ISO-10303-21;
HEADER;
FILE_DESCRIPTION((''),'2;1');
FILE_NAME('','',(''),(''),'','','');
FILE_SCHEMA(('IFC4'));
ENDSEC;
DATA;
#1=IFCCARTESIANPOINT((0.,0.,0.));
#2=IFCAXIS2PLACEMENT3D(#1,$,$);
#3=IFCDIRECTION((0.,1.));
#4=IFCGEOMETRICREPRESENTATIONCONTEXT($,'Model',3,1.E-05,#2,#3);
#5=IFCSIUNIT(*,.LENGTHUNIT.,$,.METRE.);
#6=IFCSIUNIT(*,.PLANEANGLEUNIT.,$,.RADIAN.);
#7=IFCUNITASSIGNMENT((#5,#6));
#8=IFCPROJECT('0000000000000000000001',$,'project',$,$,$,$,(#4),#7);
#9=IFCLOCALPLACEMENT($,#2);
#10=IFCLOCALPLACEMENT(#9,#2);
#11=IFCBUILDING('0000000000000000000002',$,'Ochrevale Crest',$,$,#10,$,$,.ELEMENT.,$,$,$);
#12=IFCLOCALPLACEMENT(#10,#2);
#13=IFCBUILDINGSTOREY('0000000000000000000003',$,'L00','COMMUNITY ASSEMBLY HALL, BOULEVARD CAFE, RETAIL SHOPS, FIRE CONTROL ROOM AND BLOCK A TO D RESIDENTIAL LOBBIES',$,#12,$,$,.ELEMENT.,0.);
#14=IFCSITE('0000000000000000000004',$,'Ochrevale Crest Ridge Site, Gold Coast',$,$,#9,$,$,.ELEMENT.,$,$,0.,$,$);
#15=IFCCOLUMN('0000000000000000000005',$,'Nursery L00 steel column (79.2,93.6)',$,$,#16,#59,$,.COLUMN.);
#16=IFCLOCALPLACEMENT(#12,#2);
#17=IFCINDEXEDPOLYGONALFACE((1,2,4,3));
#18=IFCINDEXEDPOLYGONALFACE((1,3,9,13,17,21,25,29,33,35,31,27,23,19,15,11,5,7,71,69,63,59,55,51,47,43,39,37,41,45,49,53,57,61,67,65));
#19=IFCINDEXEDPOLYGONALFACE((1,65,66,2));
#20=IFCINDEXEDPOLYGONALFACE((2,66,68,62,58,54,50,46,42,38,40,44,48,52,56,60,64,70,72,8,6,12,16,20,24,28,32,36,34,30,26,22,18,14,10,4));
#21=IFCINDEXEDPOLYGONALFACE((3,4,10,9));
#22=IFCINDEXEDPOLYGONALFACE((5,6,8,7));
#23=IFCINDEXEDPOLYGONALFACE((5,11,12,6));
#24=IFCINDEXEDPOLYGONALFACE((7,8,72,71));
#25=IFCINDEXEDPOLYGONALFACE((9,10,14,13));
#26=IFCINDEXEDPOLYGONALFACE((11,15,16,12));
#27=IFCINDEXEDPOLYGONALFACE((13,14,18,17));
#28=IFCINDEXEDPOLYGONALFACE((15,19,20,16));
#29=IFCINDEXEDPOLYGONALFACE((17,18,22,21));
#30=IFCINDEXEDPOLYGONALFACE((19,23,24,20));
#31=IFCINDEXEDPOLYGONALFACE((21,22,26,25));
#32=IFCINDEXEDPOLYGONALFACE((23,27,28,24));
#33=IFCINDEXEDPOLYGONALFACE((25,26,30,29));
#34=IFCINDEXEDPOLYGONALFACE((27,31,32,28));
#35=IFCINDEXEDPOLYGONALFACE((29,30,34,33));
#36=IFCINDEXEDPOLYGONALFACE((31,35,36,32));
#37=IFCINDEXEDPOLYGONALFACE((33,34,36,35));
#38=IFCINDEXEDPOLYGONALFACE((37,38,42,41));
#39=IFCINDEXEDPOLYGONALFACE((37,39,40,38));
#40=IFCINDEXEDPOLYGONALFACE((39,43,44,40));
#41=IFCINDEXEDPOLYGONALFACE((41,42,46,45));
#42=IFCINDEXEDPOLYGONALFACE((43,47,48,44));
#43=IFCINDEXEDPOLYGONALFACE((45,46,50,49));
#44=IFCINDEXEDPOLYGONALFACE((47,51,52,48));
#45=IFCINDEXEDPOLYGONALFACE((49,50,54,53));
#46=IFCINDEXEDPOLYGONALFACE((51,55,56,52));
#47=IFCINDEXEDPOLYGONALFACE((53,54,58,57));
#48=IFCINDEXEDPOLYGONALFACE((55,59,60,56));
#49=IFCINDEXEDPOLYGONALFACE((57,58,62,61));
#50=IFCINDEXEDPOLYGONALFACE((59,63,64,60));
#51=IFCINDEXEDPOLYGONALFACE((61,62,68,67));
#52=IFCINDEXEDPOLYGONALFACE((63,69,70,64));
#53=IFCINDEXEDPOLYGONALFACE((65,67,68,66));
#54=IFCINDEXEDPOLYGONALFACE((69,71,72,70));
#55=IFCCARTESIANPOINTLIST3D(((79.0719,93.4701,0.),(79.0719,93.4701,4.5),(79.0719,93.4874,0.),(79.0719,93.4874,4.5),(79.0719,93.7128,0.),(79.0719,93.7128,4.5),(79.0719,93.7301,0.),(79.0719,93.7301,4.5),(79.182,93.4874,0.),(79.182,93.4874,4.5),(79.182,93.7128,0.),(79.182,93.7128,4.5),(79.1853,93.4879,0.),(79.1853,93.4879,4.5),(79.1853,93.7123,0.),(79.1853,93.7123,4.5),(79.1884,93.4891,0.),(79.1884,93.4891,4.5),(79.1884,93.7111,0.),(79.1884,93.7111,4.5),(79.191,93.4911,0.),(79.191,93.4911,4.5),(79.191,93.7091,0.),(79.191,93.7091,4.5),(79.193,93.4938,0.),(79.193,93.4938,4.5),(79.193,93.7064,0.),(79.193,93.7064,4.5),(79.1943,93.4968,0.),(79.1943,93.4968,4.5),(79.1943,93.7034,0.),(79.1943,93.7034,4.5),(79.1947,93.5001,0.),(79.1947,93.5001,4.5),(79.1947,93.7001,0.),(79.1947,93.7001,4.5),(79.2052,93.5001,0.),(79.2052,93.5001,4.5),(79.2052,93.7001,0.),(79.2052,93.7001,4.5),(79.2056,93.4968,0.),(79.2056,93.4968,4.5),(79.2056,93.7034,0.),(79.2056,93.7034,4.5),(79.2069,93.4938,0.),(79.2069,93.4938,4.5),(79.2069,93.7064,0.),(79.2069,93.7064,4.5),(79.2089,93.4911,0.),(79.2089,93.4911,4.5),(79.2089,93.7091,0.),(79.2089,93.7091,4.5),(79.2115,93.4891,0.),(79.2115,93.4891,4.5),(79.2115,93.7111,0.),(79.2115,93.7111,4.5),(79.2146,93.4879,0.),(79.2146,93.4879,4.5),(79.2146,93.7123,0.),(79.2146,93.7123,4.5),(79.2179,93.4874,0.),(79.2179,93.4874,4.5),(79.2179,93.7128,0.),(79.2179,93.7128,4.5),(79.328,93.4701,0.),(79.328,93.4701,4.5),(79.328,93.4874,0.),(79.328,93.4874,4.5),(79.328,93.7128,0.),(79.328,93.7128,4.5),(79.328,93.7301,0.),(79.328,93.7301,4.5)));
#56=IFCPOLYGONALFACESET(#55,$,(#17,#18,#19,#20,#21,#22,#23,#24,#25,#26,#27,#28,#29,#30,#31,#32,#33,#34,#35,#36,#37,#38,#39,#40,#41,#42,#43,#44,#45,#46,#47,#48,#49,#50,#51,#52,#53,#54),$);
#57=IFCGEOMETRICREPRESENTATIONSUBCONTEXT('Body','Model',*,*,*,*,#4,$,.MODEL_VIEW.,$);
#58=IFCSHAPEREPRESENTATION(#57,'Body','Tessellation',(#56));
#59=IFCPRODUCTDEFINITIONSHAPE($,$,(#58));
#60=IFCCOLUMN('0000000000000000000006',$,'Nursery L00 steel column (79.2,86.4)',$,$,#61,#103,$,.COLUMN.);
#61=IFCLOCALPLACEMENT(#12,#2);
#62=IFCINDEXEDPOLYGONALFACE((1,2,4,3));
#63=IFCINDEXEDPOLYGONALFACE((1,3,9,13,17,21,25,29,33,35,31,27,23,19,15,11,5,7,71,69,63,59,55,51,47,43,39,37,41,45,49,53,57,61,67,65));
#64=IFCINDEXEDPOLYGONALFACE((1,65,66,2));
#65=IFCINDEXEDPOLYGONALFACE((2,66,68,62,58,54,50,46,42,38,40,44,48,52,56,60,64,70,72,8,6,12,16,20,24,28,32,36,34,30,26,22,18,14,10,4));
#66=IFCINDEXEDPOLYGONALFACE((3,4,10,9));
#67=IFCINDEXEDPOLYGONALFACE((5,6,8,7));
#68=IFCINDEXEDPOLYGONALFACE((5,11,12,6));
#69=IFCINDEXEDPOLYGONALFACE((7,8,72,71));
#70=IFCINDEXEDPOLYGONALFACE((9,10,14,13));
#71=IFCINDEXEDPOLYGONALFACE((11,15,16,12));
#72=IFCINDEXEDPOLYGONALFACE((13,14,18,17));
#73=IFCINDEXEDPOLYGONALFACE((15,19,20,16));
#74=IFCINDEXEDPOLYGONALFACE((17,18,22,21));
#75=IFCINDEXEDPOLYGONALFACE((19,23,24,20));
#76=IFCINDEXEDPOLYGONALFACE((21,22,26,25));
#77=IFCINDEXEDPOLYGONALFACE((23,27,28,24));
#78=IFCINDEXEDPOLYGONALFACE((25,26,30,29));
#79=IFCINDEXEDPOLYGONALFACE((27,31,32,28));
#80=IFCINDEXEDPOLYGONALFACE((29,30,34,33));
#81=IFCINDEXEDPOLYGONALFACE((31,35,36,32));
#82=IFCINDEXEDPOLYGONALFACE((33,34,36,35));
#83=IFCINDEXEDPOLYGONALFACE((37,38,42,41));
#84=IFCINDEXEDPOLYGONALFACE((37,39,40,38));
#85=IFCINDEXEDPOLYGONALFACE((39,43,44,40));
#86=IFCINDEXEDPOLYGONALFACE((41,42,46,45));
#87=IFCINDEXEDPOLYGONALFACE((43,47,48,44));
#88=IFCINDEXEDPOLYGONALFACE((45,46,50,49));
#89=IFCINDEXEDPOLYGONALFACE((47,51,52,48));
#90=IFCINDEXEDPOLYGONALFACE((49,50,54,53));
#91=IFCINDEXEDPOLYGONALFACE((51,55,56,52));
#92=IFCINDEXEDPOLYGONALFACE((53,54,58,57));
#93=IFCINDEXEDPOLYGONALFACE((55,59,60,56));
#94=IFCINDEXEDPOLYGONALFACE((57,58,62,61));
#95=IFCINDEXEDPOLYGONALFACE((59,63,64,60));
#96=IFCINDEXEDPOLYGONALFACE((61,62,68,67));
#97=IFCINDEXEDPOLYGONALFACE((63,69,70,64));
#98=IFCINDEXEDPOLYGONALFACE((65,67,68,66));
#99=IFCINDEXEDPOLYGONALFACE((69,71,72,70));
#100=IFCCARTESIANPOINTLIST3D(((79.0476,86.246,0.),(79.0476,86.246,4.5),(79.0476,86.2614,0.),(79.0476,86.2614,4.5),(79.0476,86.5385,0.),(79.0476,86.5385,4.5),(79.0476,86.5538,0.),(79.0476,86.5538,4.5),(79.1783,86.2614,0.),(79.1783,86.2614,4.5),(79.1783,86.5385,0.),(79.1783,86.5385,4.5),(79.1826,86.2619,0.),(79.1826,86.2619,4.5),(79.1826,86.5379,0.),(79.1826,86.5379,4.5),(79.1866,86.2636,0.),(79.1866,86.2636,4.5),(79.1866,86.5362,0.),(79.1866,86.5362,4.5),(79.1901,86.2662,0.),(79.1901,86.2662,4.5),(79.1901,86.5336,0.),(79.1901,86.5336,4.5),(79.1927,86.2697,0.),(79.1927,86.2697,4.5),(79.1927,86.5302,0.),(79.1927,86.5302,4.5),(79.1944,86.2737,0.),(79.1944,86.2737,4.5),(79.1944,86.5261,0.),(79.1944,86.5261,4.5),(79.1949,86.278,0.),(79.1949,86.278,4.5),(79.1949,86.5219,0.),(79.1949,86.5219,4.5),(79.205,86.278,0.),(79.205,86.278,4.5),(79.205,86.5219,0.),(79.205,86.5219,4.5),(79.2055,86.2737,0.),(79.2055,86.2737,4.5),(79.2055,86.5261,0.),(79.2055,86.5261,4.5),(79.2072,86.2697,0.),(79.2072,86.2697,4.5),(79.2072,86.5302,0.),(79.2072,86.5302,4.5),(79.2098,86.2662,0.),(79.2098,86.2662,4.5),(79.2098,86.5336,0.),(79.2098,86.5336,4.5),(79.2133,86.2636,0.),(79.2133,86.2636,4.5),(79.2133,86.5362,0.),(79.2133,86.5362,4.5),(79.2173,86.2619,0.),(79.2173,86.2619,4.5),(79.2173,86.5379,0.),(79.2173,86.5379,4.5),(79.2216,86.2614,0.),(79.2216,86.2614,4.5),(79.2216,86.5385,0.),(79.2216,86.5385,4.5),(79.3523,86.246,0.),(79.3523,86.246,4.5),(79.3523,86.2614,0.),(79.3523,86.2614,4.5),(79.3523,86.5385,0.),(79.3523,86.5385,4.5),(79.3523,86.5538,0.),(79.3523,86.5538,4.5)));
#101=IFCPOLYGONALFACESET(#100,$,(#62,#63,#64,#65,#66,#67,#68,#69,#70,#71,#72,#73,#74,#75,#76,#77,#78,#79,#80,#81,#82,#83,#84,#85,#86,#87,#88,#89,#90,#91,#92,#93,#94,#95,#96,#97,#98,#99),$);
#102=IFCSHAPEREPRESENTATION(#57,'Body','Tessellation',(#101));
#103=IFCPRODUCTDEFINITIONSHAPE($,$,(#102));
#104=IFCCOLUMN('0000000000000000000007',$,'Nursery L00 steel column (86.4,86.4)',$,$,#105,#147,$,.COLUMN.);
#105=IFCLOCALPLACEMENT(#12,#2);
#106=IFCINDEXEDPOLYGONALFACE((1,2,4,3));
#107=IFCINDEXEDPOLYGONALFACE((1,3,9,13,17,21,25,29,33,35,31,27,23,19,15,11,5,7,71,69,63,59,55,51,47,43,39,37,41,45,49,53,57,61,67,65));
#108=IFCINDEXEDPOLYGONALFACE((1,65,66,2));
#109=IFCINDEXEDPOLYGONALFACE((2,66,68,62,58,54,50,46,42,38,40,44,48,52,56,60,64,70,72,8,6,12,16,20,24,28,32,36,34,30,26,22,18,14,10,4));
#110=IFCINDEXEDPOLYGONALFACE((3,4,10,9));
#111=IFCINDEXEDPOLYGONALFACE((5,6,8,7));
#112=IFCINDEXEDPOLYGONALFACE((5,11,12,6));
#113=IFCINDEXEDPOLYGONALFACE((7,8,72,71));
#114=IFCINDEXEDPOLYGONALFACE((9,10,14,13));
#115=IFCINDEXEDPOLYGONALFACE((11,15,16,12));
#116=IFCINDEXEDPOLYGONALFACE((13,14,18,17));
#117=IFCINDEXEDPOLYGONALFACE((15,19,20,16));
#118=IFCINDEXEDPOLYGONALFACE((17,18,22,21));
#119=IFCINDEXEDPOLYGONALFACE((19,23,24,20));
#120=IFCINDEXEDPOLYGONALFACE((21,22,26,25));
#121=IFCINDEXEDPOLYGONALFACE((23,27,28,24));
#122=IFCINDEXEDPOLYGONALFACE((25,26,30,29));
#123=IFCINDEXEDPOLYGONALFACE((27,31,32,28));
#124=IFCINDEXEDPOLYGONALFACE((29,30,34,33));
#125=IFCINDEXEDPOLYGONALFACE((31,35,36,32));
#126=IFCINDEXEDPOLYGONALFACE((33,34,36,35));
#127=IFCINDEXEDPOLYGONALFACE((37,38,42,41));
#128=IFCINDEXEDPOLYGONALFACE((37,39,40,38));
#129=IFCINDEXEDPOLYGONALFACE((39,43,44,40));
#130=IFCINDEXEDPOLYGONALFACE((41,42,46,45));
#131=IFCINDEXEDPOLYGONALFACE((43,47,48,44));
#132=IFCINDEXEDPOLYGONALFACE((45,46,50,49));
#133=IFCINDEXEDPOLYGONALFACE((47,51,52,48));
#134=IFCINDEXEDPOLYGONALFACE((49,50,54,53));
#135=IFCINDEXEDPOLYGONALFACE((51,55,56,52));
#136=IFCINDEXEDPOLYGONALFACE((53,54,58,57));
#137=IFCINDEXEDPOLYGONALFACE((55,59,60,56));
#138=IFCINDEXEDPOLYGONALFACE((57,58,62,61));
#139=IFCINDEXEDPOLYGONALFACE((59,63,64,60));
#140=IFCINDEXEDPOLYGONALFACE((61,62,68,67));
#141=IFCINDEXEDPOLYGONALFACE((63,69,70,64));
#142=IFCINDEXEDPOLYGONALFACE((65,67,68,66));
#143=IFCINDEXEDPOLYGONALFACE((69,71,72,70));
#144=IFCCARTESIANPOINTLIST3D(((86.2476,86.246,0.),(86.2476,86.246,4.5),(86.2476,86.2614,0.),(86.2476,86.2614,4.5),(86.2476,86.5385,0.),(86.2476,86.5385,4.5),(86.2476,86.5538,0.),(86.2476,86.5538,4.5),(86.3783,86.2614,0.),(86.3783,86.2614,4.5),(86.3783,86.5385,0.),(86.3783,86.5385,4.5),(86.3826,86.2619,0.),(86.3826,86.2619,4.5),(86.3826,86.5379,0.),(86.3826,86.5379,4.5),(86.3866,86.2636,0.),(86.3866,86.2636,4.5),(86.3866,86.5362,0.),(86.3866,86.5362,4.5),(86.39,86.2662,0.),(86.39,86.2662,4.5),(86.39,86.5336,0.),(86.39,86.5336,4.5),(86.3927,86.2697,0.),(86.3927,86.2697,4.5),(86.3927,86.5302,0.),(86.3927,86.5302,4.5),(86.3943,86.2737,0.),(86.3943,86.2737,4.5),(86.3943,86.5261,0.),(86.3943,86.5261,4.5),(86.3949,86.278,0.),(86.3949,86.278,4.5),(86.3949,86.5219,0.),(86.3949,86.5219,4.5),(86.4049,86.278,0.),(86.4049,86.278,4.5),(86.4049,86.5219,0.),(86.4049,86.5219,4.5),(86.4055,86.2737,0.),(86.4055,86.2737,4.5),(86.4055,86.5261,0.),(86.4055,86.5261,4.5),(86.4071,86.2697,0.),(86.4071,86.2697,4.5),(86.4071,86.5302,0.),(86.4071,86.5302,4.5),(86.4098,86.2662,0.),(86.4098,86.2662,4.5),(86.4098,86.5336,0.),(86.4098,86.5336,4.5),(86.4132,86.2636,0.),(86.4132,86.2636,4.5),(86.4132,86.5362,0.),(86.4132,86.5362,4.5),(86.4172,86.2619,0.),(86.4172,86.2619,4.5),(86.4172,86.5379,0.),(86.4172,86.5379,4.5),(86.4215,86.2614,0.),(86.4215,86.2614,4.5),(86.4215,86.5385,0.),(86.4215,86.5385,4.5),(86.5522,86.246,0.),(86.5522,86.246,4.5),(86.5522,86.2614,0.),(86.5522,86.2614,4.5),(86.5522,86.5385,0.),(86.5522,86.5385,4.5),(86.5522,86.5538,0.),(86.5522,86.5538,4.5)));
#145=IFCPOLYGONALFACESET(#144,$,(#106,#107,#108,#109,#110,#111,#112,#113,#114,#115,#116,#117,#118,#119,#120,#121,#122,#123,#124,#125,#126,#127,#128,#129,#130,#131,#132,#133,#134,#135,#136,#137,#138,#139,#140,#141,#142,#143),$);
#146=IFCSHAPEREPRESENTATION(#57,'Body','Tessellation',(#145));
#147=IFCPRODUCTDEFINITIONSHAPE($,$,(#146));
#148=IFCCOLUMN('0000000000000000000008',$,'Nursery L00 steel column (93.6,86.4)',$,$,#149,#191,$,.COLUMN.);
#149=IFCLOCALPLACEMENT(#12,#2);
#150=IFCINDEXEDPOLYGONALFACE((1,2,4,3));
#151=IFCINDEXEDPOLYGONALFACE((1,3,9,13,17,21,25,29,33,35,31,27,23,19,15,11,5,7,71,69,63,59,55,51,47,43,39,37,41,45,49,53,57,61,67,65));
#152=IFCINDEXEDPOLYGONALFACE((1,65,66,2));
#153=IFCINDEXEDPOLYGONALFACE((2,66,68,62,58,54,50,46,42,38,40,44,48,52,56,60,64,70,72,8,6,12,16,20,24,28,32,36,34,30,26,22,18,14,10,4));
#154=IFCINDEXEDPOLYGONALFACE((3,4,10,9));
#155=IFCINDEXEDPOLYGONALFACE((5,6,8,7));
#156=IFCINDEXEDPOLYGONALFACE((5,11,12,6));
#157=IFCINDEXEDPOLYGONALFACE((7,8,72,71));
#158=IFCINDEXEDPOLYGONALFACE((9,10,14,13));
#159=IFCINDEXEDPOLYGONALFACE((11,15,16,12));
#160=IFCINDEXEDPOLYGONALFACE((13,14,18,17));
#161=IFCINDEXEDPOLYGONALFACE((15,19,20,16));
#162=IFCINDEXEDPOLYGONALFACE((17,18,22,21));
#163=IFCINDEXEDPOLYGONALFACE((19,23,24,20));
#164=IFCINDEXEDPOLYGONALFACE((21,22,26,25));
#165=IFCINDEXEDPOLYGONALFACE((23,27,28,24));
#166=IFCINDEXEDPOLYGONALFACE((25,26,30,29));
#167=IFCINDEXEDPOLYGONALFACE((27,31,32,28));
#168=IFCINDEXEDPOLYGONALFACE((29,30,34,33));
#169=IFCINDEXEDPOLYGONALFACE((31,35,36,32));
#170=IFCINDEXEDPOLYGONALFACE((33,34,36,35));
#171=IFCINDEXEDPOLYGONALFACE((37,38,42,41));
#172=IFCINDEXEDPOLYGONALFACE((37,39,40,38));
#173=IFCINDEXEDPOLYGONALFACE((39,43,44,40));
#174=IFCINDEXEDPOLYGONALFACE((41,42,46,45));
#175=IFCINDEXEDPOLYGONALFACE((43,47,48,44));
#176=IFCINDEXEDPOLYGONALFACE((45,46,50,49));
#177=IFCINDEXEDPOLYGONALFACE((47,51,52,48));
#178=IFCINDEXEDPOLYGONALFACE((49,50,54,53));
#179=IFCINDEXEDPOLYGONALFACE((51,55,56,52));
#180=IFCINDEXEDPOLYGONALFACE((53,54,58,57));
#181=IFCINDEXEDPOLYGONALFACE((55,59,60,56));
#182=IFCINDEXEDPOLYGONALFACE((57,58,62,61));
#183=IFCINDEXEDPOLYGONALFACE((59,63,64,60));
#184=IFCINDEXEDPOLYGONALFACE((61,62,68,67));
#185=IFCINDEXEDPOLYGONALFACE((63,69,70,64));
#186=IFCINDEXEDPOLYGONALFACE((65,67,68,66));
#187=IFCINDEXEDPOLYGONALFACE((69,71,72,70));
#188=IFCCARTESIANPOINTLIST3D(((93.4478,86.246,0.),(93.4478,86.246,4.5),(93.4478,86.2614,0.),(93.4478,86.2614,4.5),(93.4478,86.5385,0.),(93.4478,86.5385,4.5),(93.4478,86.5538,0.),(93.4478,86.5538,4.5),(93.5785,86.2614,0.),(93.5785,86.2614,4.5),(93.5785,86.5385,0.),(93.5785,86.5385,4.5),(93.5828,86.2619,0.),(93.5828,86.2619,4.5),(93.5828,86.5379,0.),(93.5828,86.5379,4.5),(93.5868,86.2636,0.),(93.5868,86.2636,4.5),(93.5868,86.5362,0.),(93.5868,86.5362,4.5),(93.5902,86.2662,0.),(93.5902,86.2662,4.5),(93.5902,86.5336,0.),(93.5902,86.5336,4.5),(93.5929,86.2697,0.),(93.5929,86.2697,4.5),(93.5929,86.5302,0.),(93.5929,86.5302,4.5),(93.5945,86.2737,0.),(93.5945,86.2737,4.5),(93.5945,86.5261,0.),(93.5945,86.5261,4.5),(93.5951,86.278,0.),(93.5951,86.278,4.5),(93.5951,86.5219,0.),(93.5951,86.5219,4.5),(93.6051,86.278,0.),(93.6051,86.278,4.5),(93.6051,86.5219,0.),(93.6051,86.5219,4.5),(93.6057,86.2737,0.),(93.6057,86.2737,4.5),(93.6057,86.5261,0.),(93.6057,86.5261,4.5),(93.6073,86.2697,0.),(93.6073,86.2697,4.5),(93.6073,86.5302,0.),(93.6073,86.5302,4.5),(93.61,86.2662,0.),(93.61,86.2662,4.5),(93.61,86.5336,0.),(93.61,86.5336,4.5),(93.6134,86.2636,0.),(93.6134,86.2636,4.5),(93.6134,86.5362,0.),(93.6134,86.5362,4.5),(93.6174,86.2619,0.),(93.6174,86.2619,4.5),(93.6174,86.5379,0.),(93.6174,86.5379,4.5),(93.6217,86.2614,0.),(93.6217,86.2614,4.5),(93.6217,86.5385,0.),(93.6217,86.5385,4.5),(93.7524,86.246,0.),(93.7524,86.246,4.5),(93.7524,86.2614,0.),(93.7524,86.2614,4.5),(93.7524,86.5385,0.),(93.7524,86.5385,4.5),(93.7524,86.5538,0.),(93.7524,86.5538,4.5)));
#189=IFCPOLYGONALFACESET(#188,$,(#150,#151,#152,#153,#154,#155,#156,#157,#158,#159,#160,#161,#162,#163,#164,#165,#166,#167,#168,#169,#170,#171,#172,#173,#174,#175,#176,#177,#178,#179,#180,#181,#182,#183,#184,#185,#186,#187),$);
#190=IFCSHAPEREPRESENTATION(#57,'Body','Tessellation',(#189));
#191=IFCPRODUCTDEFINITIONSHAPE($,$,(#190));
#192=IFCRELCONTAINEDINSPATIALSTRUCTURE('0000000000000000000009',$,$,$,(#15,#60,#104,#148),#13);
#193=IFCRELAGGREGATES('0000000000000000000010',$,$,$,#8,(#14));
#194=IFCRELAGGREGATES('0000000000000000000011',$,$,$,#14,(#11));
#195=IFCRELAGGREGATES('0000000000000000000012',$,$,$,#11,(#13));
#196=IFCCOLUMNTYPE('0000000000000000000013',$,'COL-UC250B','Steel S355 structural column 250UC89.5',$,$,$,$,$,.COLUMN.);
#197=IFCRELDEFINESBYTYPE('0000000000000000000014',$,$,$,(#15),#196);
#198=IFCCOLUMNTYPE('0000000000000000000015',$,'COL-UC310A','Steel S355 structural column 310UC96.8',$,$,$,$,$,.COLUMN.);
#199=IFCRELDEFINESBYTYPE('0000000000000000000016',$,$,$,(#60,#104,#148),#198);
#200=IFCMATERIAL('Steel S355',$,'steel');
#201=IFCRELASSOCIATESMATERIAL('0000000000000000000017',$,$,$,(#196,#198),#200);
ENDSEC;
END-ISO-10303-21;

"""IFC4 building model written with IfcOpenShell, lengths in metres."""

from ifc_helpers import new_model, si_unit, direction, frame, origin, origin_2d, place, context, subcontext, project, spatial, i_section, extrude, material, material_profile, profile_set, type_object, element, save


model = new_model("IFC4")

# Units and contexts
model_context = context("Model", 3, precision=1e-05, world=origin(), true_north=direction((0.0, 1.0)))
body_context = subcontext(model_context, "Body", "Model", "MODEL_VIEW")
ifc_project = project(units=[si_unit("LENGTHUNIT", "METRE"), si_unit("PLANEANGLEUNIT", "RADIAN")], contexts=[model_context])

# Site, building, storey
site_placement = place(None, origin())
site = spatial("IfcSite", under=ifc_project, at=site_placement, Name="Ochrevale Crest Ridge Site, Gold Coast", CompositionType="ELEMENT", RefElevation=0.0)
building_placement = place(site_placement, origin())
building = spatial("IfcBuilding", under=site, at=building_placement, Name="Ochrevale Crest", CompositionType="ELEMENT")
storey_placement = place(building_placement, origin())
storey = spatial("IfcBuildingStorey", under=building, at=storey_placement, Name="L00", Description="COMMUNITY ASSEMBLY HALL, BOULEVARD CAFE, RETAIL SHOPS, FIRE CONTROL ROOM AND BLOCK A TO D RESIDENTIAL LOBBIES", CompositionType="ELEMENT", Elevation=0.0)

# Columns
ifc_material_1 = material(Name="Steel S355", Category="steel")
ifc_material_profile_1 = material_profile(ifc_material_1, i_section(OverallWidth=0.2561, OverallDepth=0.26, WebThickness=0.0105, FlangeThickness=0.0173, FilletRadius=0.0127, at=origin_2d()), Name="250UC89.5")
ifc_profile_set_1 = profile_set([ifc_material_profile_1], Name="Steel S355")
column_type_1 = type_object("IfcColumnType", Name="COL-UC250B", Description="Steel S355 structural column 250UC89.5", PredefinedType="COLUMN", material=ifc_profile_set_1)
column_placement = place(storey_placement, frame((79.2, 93.6001, 0.0), z_axis=(0.0, 0.0, 1.0), x_axis=(1.0, 0.0, 0.0)))
element("IfcColumn", 1, at=column_placement, inside=storey, type_object=column_type_1, Name="Nursery L00 steel column (79.2,93.6)", PredefinedType="COLUMN", context=body_context, shape_type="SweptSolid", body=[
    extrude(i_section(OverallWidth=0.2561, OverallDepth=0.26, WebThickness=0.0105, FlangeThickness=0.0173, FilletRadius=0.0127, at=origin_2d()), origin(), (0.0, 0.0, 1.0), 4.5),
])
ifc_material_profile_2 = material_profile(ifc_material_1, i_section(OverallWidth=0.3047, OverallDepth=0.3079, WebThickness=0.01, FlangeThickness=0.0154, FilletRadius=0.0166, at=origin_2d()), Name="310UC96.8")
ifc_profile_set_2 = profile_set([ifc_material_profile_2], Name="Steel S355")
column_type_2 = type_object("IfcColumnType", Name="COL-UC310A", Description="Steel S355 structural column 310UC96.8", PredefinedType="COLUMN", material=ifc_profile_set_2)
for number, where, z_axis, x_axis, name in (
    (2, (79.2, 86.3999, 0.0), (0.0, 0.0, 1.0), (1.0, 0.0, 0.0), "Nursery L00 steel column (79.2,86.4)"),
    (3, (86.3999, 86.3999, 0.0), (0.0, 0.0, 1.0), (1.0, 0.0, 0.0), "Nursery L00 steel column (86.4,86.4)"),
    (4, (93.6001, 86.3999, 0.0), (0.0, 0.0, 1.0), (1.0, 0.0, 0.0), "Nursery L00 steel column (93.6,86.4)"),
):
    element("IfcColumn", number, at=place(storey_placement, frame(where, z_axis=z_axis, x_axis=x_axis)), inside=storey, type_object=column_type_2, Name=name, PredefinedType="COLUMN", context=body_context, shape_type="SweptSolid", body=[
        extrude(i_section(OverallWidth=0.3047, OverallDepth=0.3079, WebThickness=0.01, FlangeThickness=0.0154, FilletRadius=0.0166, at=origin_2d()), origin(), (0.0, 0.0, 1.0), 4.5),
    ])

save(model, "model.ifc")
